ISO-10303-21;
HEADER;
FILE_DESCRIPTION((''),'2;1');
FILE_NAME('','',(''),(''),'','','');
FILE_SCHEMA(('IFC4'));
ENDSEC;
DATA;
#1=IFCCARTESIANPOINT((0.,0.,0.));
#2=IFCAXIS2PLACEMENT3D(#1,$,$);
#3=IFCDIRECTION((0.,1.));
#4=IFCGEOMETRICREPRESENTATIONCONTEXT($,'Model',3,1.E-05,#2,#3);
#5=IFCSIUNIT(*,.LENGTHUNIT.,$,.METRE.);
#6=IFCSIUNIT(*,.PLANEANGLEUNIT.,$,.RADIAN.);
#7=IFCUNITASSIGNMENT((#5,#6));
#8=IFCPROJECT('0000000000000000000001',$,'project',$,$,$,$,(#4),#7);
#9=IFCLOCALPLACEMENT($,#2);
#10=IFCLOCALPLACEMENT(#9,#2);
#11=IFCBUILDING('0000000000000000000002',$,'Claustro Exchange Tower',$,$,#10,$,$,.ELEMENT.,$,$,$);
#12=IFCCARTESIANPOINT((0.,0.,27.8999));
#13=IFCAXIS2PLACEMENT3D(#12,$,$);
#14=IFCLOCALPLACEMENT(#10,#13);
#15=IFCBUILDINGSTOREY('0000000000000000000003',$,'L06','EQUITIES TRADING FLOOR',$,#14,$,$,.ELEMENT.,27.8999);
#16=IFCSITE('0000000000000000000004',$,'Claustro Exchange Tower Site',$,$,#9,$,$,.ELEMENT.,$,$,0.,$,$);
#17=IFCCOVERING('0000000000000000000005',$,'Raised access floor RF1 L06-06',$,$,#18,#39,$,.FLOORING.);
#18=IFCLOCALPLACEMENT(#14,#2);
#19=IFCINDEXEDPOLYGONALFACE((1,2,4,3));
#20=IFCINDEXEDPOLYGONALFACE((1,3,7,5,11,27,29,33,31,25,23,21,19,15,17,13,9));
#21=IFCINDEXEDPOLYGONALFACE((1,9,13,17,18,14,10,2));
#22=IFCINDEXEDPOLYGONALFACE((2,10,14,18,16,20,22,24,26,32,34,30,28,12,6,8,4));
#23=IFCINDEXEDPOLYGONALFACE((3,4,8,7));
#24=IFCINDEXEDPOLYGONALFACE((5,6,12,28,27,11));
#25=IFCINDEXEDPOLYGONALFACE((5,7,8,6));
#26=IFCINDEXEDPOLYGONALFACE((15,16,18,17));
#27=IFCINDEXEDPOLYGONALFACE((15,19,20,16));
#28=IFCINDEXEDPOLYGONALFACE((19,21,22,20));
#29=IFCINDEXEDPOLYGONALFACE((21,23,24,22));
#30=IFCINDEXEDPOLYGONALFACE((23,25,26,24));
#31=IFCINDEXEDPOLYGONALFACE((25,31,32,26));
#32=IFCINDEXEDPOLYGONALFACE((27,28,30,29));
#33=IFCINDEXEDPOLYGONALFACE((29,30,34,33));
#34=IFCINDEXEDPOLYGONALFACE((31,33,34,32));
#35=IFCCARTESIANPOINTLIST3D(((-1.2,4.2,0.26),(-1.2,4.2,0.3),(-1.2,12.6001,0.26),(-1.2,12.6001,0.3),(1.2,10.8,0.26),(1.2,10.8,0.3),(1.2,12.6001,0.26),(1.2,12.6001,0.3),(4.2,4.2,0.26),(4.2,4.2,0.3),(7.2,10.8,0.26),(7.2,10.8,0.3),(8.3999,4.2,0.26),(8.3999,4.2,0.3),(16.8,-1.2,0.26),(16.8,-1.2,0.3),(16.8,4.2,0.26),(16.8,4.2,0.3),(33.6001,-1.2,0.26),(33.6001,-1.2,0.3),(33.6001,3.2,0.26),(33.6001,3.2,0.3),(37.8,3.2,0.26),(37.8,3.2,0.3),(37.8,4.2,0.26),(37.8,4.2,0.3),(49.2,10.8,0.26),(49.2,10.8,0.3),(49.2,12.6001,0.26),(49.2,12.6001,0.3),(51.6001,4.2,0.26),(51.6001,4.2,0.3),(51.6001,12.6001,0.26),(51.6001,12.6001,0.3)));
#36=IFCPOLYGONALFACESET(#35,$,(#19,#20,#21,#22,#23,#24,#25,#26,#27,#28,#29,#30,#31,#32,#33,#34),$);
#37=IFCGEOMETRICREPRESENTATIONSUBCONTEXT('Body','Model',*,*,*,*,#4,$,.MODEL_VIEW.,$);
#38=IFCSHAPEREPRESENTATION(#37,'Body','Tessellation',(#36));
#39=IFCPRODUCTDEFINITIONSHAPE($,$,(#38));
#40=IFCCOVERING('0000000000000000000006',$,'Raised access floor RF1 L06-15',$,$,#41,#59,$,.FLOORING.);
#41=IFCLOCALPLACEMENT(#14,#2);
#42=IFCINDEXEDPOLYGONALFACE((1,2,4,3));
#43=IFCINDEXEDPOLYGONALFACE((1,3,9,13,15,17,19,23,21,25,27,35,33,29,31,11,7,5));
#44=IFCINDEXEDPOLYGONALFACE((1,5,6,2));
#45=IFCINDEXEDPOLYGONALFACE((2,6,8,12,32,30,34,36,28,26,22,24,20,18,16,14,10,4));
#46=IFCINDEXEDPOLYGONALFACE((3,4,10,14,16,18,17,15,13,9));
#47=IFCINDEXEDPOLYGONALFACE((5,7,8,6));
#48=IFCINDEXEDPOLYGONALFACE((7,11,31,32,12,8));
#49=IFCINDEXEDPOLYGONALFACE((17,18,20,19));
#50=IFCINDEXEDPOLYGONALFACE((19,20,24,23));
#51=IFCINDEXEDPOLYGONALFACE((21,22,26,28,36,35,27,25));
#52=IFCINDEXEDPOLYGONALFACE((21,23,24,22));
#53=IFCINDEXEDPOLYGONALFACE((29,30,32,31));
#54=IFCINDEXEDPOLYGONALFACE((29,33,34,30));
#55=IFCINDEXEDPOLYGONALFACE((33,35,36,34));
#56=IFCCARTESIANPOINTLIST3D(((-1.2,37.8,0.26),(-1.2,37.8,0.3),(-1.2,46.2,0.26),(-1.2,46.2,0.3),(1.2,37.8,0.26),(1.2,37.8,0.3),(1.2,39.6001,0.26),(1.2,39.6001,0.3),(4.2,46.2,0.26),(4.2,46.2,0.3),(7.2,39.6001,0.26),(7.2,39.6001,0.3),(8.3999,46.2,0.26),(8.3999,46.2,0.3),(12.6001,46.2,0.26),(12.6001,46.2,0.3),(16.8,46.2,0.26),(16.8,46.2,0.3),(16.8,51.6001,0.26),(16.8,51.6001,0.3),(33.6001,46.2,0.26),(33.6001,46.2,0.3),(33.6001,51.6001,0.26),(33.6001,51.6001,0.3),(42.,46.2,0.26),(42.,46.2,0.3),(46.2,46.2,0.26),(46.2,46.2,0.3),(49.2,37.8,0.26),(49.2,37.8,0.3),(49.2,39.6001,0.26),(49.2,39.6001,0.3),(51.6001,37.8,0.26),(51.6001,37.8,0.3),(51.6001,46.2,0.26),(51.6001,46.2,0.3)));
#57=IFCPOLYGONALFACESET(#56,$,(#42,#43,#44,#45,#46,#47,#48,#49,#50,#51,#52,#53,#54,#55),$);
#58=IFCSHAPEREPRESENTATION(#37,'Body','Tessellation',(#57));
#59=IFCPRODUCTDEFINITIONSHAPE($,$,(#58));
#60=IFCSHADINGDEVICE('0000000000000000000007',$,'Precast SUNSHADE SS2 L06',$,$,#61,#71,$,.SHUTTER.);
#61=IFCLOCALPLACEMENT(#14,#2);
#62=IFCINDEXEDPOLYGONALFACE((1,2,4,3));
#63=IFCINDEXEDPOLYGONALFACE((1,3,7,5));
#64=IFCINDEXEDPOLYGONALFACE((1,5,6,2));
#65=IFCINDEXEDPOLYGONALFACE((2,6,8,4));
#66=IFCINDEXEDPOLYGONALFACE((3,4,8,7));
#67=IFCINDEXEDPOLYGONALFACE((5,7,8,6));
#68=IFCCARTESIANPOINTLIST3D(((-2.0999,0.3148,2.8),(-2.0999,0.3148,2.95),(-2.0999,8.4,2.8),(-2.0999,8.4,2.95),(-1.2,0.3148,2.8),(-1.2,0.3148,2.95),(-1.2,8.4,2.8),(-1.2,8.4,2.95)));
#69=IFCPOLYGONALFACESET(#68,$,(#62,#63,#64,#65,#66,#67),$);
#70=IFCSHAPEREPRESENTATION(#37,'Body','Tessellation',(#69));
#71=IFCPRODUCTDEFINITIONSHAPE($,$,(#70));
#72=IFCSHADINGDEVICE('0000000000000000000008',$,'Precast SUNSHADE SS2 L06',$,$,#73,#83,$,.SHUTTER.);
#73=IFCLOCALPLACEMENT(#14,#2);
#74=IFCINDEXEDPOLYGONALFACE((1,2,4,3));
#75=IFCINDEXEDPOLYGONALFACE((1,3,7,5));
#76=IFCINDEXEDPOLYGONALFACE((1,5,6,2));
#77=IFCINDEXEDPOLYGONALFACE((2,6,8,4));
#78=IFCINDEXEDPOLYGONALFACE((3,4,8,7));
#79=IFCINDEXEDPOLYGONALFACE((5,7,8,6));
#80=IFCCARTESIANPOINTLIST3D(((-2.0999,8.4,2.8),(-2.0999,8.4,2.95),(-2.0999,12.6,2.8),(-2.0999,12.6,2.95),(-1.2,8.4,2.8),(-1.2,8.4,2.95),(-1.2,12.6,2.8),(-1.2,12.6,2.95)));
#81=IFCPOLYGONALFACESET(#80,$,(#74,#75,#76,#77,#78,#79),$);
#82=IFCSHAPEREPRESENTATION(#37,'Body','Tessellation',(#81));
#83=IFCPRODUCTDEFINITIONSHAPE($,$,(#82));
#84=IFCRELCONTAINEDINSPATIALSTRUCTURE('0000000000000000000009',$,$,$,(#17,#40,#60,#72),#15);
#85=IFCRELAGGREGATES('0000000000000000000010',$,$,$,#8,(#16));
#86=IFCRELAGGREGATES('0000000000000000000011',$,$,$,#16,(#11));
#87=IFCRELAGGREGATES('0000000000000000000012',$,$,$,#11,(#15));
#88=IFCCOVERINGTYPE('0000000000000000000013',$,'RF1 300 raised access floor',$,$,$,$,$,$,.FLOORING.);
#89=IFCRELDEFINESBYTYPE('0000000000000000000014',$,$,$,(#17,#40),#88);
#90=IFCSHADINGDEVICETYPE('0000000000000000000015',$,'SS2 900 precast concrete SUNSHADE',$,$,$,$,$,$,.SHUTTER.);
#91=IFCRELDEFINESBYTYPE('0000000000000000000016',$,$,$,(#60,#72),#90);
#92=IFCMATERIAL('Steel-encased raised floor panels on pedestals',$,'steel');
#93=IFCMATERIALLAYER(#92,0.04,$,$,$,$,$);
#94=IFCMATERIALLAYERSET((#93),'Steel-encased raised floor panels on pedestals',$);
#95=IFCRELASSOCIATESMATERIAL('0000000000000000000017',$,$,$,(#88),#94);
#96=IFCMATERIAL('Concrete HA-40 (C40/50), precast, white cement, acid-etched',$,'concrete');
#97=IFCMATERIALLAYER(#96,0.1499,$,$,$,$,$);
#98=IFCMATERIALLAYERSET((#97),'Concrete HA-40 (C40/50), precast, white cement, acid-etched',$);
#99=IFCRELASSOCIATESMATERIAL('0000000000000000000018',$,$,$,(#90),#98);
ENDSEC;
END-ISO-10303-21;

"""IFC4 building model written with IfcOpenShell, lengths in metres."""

from ifc_helpers import new_model, si_unit, direction, frame, origin, origin_2d, place, context, subcontext, project, spatial, polyline, rectangle, outline, extrude, material, layer, layer_set, type_object, element, save


model = new_model("IFC4")

# Units and contexts
model_context = context("Model", 3, precision=1e-05, world=origin(), true_north=direction((0.0, 1.0)))
body_context = subcontext(model_context, "Body", "Model", "MODEL_VIEW")
ifc_project = project(units=[si_unit("LENGTHUNIT", "METRE"), si_unit("PLANEANGLEUNIT", "RADIAN")], contexts=[model_context])

# Site, building, storey
site_placement = place(None, origin())
site = spatial("IfcSite", under=ifc_project, at=site_placement, Name="Claustro Exchange Tower Site", CompositionType="ELEMENT", RefElevation=0.0)
building_placement = place(site_placement, origin())
building = spatial("IfcBuilding", under=site, at=building_placement, Name="Claustro Exchange Tower", CompositionType="ELEMENT")
storey_placement = place(building_placement, frame((0.0, 0.0, 27.8999)))
storey = spatial("IfcBuildingStorey", under=building, at=storey_placement, Name="L06", Description="EQUITIES TRADING FLOOR", CompositionType="ELEMENT", Elevation=27.8999)

# Coverings
ifc_material_1 = material(Name="Steel-encased raised floor panels on pedestals", Category="steel")
ifc_layer_1 = layer(ifc_material_1, 0.04)
ifc_layer_set_1 = layer_set([ifc_layer_1], Name="Steel-encased raised floor panels on pedestals")
covering_type_1 = type_object("IfcCoveringType", Name="RF1 300 raised access floor", PredefinedType="FLOORING", material=ifc_layer_set_1)
covering_1_placement = place(storey_placement, frame((0.0, 0.0, 0.26)))
element("IfcCovering", 1, at=covering_1_placement, inside=storey, type_object=covering_type_1, Name="Raised access floor RF1 L06-06", PredefinedType="FLOORING", context=body_context, shape_type="SweptSolid", body=[
    extrude(outline(polyline([(-1.2, 12.6001), (-1.2, 4.2), (4.2, 4.2), (8.3999, 4.2), (16.8, 4.2), (16.8, -1.2), (33.6001, -1.2), (33.6001, 3.2), (37.8, 3.2), (37.8, 4.2), (51.6001, 4.2), (51.6001, 12.6001), (49.2, 12.6001), (49.2, 10.8), (7.2, 10.8), (1.2, 10.8), (1.2, 12.6001), (-1.2, 12.6001)])), origin(), (0.0, 0.0, 1.0), 0.04),
])
covering_2_placement = place(storey_placement, frame((0.0, 0.0, 0.26)))
element("IfcCovering", 2, at=covering_2_placement, inside=storey, type_object=covering_type_1, Name="Raised access floor RF1 L06-15", PredefinedType="FLOORING", context=body_context, shape_type="SweptSolid", body=[
    extrude(outline(polyline([(-1.2, 46.2), (-1.2, 37.8), (1.2, 37.8), (1.2, 39.6001), (7.2, 39.6001), (49.2, 39.6001), (49.2, 37.8), (51.6001, 37.8), (51.6001, 46.2), (46.2, 46.2), (42.0, 46.2), (33.6001, 46.2), (33.6001, 51.6001), (16.8, 51.6001), (16.8, 46.2), (12.6001, 46.2), (8.3999, 46.2), (4.2, 46.2), (-1.2, 46.2)])), origin(), (0.0, 0.0, 1.0), 0.04),
])

# Shading devices
ifc_material_2 = material(Name="Concrete HA-40 (C40/50), precast, white cement, acid-etched", Category="concrete")
ifc_layer_2 = layer(ifc_material_2, 0.1499)
ifc_layer_set_2 = layer_set([ifc_layer_2], Name="Concrete HA-40 (C40/50), precast, white cement, acid-etched")
shading_device_type = type_object("IfcShadingDeviceType", Name="SS2 900 precast concrete SUNSHADE", PredefinedType="SHUTTER", material=ifc_layer_set_2)
shading_device_1_placement = place(storey_placement, frame((-1.6499, 4.3574, 2.8), z_axis=(0.0, 0.0, 1.0), x_axis=(0.0, 1.0, 0.0)))
element("IfcShadingDevice", 3, at=shading_device_1_placement, inside=storey, type_object=shading_device_type, Name="Precast SUNSHADE SS2 L06", PredefinedType="SHUTTER", context=body_context, shape_type="SweptSolid", body=[
    extrude(rectangle(XDim=8.0852, YDim=0.8999, at=origin_2d()), origin(), (0.0, 0.0, 1.0), 0.1499),
])
shading_device_2_placement = place(storey_placement, frame((-1.6499, 10.5, 2.8), z_axis=(0.0, 0.0, 1.0), x_axis=(0.0, 1.0, 0.0)))
element("IfcShadingDevice", 4, at=shading_device_2_placement, inside=storey, type_object=shading_device_type, Name="Precast SUNSHADE SS2 L06", PredefinedType="SHUTTER", context=body_context, shape_type="SweptSolid", body=[
    extrude(rectangle(XDim=4.2, YDim=0.8999, at=origin_2d()), origin(), (0.0, 0.0, 1.0), 0.1499),
])

save(model, "model.ifc")
